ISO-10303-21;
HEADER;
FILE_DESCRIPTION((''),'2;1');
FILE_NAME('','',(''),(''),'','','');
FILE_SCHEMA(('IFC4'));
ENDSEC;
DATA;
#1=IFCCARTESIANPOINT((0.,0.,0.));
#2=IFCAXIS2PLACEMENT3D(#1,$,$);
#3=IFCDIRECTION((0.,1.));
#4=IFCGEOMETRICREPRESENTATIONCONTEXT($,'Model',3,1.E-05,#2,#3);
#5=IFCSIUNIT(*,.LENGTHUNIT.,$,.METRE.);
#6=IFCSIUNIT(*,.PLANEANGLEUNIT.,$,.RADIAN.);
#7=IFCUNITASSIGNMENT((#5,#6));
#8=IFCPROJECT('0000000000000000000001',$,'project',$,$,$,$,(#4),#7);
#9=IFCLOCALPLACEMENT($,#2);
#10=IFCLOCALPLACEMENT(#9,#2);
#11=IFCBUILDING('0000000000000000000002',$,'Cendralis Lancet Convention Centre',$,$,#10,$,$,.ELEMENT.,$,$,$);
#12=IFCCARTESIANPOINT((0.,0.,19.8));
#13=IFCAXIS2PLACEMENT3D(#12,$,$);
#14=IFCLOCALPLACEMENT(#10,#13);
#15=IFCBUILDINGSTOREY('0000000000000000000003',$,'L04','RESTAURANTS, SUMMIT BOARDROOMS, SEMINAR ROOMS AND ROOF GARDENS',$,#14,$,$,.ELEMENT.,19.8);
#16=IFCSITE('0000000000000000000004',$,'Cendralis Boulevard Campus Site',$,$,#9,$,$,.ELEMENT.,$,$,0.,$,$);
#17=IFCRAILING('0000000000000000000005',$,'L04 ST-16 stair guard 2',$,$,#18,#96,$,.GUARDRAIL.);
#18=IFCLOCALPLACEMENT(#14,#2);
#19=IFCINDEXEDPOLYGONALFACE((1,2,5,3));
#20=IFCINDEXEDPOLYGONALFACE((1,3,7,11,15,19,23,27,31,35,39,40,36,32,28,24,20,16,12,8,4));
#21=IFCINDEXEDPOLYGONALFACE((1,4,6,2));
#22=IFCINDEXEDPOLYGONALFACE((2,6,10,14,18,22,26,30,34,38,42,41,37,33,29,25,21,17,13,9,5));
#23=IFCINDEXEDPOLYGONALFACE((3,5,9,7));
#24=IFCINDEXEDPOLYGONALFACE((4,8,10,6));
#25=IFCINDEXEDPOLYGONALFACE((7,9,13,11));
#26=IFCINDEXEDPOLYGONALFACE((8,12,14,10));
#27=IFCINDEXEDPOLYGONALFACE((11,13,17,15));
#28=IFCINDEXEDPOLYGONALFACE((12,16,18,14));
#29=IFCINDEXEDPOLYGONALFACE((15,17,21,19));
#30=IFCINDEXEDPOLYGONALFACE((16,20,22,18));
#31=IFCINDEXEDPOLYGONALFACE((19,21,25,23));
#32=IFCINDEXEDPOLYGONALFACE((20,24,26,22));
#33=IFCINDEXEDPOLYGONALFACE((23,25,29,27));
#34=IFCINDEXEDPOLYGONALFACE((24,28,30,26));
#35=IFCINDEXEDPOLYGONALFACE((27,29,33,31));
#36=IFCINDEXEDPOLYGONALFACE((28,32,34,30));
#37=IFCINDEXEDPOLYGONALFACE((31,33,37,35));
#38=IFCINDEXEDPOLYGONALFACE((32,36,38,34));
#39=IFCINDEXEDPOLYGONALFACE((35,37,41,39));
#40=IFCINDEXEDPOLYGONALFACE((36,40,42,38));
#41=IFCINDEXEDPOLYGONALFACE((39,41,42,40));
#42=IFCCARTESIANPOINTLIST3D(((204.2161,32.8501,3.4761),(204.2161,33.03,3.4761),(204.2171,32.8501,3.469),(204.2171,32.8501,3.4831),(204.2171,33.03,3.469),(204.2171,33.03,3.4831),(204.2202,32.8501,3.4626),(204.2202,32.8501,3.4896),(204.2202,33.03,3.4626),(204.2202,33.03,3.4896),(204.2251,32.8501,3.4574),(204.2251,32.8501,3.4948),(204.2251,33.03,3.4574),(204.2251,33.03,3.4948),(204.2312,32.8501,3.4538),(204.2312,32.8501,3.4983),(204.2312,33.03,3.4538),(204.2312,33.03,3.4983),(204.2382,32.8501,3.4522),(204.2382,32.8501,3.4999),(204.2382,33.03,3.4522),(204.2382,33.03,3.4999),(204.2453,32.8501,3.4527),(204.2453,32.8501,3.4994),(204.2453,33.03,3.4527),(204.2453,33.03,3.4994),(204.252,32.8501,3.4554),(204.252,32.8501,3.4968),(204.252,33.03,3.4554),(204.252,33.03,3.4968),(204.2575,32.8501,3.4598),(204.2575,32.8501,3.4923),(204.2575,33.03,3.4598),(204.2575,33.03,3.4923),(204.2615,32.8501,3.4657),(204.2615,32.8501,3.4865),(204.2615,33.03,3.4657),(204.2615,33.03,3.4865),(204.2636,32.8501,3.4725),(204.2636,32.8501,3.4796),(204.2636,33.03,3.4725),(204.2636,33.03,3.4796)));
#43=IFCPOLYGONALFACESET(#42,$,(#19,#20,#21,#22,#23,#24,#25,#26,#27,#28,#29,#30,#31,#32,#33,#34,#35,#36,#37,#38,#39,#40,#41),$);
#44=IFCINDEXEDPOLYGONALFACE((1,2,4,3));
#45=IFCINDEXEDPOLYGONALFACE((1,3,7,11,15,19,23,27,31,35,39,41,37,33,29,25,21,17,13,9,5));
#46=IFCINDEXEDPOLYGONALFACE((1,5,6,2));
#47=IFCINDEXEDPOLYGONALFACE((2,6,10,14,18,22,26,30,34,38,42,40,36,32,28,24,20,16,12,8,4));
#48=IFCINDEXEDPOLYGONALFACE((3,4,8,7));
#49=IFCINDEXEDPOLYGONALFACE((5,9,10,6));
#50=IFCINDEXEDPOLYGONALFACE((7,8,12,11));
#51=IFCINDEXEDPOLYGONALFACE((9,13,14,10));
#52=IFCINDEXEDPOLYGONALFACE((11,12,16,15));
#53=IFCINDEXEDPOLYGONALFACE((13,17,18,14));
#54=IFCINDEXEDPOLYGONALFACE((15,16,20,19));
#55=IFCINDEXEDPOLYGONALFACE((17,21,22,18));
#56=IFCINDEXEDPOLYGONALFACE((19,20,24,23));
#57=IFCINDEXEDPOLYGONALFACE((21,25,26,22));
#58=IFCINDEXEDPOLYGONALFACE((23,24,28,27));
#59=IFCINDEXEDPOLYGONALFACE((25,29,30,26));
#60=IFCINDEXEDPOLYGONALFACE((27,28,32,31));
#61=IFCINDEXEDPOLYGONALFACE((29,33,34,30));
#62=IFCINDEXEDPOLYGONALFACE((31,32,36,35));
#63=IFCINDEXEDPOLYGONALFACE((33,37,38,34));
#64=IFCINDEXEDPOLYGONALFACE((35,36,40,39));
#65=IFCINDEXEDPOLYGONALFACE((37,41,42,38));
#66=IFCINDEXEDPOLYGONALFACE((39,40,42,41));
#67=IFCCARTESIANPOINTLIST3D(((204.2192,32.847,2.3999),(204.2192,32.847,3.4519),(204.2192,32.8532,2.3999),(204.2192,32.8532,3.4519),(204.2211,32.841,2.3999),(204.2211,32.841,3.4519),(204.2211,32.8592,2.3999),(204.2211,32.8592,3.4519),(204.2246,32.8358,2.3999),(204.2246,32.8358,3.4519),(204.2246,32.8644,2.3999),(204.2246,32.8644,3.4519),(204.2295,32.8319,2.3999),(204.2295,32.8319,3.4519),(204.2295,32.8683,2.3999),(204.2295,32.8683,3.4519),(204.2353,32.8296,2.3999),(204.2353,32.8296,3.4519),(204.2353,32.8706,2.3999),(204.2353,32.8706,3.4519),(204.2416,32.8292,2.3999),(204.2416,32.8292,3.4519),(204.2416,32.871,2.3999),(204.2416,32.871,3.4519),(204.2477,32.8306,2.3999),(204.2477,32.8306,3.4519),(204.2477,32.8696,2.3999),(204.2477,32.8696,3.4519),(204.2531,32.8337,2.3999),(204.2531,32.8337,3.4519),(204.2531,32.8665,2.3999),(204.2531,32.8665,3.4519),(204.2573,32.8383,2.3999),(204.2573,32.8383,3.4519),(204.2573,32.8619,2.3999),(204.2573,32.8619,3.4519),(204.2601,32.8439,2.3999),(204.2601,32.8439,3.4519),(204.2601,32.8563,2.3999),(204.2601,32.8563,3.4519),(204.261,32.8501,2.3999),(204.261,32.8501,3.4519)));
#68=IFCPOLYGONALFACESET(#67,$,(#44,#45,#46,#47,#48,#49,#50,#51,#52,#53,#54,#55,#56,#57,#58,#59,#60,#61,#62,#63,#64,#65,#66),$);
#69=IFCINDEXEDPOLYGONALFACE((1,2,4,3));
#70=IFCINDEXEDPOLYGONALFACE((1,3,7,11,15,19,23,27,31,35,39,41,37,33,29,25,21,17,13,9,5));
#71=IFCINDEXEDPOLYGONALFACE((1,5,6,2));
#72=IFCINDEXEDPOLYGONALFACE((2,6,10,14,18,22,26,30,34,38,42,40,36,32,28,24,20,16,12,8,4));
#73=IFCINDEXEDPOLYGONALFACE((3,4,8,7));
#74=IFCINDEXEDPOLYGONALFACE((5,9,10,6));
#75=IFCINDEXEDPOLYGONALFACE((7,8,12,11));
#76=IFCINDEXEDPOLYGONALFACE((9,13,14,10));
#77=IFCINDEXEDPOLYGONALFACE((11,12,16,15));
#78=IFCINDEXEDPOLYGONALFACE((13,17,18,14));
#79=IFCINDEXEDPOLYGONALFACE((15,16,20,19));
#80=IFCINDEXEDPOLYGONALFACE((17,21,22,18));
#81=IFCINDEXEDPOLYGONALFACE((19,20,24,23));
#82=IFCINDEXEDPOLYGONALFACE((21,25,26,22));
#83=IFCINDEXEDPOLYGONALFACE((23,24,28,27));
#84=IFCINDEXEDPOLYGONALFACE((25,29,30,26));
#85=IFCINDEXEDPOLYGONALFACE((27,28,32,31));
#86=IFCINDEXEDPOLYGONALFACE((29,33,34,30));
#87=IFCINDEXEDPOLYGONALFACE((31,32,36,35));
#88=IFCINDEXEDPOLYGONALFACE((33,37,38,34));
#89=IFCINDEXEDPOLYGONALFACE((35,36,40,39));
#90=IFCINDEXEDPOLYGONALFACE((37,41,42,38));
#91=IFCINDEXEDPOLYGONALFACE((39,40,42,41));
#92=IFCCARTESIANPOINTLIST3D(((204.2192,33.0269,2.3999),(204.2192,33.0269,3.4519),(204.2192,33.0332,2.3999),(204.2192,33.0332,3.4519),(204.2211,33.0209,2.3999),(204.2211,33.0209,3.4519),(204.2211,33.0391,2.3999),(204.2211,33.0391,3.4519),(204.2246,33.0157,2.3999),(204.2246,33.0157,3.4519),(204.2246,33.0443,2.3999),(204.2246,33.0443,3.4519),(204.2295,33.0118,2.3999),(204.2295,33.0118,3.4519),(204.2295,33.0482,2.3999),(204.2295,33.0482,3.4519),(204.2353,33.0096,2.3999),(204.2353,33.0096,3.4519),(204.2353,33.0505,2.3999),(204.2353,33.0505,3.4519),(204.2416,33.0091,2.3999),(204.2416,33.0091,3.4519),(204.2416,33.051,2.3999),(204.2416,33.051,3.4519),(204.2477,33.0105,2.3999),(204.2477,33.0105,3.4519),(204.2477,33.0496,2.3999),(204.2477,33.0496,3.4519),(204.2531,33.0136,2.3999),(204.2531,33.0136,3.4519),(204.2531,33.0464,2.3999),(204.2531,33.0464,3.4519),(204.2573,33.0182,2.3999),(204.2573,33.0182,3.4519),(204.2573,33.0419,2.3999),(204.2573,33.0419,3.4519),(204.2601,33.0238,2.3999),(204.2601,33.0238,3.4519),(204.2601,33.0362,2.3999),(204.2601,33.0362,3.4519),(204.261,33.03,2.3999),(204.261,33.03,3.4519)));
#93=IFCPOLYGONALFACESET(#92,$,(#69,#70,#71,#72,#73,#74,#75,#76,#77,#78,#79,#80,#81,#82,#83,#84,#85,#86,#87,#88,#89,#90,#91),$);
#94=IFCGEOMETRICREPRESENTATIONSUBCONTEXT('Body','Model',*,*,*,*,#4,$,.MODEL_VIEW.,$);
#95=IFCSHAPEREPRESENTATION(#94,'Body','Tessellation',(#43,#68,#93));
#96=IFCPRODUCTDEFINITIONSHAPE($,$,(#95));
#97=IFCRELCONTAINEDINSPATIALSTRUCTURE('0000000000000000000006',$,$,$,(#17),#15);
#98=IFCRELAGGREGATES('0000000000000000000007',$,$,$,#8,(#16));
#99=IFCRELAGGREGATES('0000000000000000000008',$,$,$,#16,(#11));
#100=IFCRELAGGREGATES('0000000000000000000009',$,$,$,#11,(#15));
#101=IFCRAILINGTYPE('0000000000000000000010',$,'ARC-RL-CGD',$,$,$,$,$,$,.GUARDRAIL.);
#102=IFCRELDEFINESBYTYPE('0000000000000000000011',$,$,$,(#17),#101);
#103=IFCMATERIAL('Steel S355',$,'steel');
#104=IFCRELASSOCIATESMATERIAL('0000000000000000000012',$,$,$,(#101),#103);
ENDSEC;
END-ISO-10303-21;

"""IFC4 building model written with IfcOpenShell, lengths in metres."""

from ifc_helpers import new_model, si_unit, direction, frame, origin, origin_2d, place, context, subcontext, project, spatial, circle, extrude, material, type_object, element, save


model = new_model("IFC4")

# Units and contexts
model_context = context("Model", 3, precision=1e-05, world=origin(), true_north=direction((0.0, 1.0)))
body_context = subcontext(model_context, "Body", "Model", "MODEL_VIEW")
ifc_project = project(units=[si_unit("LENGTHUNIT", "METRE"), si_unit("PLANEANGLEUNIT", "RADIAN")], contexts=[model_context])

# Site, building, storey
site_placement = place(None, origin())
site = spatial("IfcSite", under=ifc_project, at=site_placement, Name="Cendralis Boulevard Campus Site", CompositionType="ELEMENT", RefElevation=0.0)
building_placement = place(site_placement, origin())
building = spatial("IfcBuilding", under=site, at=building_placement, Name="Cendralis Lancet Convention Centre", CompositionType="ELEMENT")
storey_placement = place(building_placement, frame((0.0, 0.0, 19.8)))
storey = spatial("IfcBuildingStorey", under=building, at=storey_placement, Name="L04", Description="RESTAURANTS, SUMMIT BOARDROOMS, SEMINAR ROOMS AND ROOF GARDENS", CompositionType="ELEMENT", Elevation=19.8)

# Railing
ifc_material_1 = material(Name="Steel S355", Category="steel")
railing_type_1 = type_object("IfcRailingType", Name="ARC-RL-CGD", PredefinedType="GUARDRAIL", material=ifc_material_1)
railing_1_placement = place(storey_placement, frame((204.24, 32.8501, 2.3999)))
element("IfcRailing", 1, at=railing_1_placement, inside=storey, type_object=railing_type_1, Name="L04 ST-16 stair guard 2", PredefinedType="GUARDRAIL", context=body_context, shape_type="SweptSolid", body=[
    extrude(circle(Radius=0.0239, at=origin_2d()), frame((0.0, 0.0, 1.0762), z_axis=(0.0, 1.0, 0.0), x_axis=(-1.0, 0.0, 0.0)), (0.0, 0.0, 1.0), 0.1799),
    extrude(circle(Radius=0.021, at=origin_2d()), origin(), (0.0, 0.0, 1.0), 1.052),
    extrude(circle(Radius=0.021, at=origin_2d()), frame((0.0, 0.1799, 0.0)), (0.0, 0.0, 1.0), 1.052),
])

save(model, "model.ifc")
